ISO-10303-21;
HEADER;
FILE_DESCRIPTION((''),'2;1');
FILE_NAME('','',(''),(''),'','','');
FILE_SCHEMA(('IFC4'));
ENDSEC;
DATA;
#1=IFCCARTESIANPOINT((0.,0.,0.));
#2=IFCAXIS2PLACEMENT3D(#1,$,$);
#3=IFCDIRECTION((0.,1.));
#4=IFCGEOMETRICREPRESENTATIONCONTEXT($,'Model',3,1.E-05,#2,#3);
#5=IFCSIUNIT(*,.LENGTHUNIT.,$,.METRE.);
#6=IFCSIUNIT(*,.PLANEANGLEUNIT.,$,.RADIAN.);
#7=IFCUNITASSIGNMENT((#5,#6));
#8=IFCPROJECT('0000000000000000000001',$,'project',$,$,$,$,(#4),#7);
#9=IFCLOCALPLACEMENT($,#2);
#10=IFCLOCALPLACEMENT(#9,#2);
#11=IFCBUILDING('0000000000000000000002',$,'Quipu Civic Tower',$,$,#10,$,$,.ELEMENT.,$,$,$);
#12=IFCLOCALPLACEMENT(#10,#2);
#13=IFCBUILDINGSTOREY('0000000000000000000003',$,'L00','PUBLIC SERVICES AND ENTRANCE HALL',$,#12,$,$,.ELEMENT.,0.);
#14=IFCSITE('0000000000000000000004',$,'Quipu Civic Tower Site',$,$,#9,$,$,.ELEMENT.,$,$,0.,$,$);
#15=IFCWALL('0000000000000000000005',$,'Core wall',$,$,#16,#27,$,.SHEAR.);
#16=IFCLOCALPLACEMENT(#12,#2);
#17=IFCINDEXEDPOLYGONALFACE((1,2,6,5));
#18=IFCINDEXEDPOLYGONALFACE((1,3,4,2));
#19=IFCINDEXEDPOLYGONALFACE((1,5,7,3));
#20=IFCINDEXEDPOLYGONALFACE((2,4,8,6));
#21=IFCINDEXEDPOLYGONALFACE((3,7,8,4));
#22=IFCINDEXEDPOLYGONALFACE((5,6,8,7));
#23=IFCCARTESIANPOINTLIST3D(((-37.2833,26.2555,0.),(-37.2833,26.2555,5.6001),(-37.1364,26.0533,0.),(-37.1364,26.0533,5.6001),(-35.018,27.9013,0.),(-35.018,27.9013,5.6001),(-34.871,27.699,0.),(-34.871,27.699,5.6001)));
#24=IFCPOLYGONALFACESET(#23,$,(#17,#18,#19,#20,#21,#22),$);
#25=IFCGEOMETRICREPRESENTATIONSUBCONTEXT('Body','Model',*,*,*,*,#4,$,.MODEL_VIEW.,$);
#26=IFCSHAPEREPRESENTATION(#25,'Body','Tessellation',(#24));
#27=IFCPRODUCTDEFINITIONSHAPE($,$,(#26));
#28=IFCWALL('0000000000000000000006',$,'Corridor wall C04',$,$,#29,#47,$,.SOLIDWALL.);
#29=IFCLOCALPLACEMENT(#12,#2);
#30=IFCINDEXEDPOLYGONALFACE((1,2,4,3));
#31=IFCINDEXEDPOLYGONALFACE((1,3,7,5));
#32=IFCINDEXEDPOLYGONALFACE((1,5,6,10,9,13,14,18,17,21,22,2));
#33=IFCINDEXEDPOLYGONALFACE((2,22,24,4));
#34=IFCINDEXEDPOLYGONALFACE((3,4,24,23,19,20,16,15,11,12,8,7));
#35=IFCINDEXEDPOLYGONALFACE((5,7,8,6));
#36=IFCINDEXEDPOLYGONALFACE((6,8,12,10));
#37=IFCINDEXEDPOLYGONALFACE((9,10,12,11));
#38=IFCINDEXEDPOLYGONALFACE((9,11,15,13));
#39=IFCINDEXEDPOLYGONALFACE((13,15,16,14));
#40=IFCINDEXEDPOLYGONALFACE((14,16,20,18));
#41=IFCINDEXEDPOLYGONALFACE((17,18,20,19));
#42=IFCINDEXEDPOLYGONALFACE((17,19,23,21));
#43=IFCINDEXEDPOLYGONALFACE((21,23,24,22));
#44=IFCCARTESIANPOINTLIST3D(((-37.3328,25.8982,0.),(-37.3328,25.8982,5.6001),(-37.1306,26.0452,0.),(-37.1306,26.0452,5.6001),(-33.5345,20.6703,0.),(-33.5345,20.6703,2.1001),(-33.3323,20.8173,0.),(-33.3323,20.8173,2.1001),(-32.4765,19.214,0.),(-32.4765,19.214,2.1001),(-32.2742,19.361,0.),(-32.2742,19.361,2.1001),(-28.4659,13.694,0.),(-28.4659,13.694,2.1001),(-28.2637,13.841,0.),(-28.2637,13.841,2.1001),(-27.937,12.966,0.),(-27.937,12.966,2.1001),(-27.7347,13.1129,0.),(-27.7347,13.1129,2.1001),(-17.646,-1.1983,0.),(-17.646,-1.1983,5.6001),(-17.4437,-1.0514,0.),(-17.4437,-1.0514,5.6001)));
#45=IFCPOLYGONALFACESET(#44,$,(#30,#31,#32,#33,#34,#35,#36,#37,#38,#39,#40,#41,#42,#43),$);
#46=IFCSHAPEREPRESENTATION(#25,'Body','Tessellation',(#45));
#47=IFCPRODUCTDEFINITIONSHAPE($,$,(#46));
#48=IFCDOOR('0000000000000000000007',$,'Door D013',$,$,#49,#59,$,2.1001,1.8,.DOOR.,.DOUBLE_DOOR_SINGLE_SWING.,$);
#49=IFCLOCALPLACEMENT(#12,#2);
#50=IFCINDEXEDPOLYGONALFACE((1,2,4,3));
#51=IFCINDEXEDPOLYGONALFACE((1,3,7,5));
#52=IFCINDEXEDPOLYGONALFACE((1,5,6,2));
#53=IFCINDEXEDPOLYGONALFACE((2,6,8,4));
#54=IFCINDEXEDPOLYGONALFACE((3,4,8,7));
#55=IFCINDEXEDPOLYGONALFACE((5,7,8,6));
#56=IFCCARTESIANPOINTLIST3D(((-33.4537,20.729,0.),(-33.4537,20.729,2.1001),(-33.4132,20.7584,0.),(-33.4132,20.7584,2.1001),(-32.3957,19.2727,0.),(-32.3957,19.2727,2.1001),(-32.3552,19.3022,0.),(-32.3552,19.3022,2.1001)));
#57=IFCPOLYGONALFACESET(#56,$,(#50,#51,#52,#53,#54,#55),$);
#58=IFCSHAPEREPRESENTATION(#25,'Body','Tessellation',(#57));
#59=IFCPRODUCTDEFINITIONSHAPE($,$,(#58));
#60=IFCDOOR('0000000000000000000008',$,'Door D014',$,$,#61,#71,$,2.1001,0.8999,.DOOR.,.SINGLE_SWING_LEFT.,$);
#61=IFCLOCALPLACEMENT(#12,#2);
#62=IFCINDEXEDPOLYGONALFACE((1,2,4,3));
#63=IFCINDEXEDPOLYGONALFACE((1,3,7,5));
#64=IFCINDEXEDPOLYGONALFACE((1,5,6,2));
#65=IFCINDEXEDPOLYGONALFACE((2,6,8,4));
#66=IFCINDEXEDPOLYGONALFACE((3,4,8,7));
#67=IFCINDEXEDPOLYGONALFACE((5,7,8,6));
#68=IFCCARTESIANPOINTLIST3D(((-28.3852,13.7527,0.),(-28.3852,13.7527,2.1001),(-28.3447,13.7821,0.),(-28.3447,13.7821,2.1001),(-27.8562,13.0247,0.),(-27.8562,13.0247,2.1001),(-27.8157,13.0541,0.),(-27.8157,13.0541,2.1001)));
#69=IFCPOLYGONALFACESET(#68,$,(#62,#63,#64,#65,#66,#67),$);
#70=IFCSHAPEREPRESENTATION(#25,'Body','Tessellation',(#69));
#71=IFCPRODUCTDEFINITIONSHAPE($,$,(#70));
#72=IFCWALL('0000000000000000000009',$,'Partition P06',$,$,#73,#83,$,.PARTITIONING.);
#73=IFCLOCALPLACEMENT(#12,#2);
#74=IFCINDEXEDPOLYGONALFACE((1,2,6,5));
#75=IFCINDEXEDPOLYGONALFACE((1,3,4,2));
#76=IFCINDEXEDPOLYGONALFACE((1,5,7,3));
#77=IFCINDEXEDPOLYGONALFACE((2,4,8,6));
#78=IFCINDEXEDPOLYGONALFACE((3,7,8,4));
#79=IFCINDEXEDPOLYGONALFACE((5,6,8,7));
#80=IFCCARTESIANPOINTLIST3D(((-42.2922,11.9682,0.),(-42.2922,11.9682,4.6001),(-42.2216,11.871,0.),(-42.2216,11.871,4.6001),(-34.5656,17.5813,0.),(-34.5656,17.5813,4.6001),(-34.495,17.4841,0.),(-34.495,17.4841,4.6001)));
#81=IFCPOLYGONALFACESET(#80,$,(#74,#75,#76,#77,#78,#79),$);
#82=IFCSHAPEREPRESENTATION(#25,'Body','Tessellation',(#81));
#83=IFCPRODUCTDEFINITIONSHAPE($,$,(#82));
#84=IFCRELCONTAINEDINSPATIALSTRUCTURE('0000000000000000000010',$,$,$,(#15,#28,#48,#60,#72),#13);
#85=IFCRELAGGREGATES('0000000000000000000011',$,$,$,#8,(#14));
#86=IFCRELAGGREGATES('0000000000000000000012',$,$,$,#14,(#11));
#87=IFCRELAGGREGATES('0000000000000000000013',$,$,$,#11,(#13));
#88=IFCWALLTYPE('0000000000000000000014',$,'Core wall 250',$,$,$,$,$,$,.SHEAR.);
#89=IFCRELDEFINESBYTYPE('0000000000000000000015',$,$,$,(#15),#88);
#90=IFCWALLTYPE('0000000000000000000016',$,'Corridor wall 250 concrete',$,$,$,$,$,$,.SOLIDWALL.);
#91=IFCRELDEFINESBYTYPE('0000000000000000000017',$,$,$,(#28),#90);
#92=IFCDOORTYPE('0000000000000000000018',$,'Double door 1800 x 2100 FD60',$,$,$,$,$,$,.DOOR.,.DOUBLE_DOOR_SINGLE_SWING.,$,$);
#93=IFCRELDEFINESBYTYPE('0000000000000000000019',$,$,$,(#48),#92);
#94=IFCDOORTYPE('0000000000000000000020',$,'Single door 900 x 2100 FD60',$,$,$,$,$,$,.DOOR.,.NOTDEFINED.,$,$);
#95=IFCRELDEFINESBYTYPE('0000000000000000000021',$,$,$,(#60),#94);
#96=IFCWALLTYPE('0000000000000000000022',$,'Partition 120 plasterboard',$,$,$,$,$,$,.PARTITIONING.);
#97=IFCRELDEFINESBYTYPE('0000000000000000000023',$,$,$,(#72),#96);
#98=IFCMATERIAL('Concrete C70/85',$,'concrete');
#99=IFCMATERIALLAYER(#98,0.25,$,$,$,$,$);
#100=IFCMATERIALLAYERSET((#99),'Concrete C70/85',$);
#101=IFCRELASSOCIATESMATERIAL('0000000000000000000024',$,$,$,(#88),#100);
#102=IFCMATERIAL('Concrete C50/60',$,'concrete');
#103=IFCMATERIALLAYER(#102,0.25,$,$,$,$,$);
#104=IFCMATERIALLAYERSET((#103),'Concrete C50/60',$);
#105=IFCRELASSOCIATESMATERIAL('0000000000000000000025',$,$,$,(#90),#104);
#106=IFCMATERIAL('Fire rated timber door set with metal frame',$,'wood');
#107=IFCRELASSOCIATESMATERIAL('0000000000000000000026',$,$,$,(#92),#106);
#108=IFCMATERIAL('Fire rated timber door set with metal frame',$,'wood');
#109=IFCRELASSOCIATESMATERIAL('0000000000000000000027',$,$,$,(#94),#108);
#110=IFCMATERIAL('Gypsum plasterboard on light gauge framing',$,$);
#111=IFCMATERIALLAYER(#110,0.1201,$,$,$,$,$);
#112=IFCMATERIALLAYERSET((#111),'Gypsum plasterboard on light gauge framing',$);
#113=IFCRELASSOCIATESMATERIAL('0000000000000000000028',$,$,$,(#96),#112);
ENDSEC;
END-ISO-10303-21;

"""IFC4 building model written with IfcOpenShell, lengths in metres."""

from ifc_helpers import new_model, si_unit, direction, frame, frame_2d, origin, place, context, subcontext, project, spatial, rectangle, extrude, material, layer, layer_set, type_object, element, fill, save


model = new_model("IFC4")

# Units and contexts
model_context = context("Model", 3, precision=1e-05, world=origin(), true_north=direction((0.0, 1.0)))
body_context = subcontext(model_context, "Body", "Model", "MODEL_VIEW")
ifc_project = project(units=[si_unit("LENGTHUNIT", "METRE"), si_unit("PLANEANGLEUNIT", "RADIAN")], contexts=[model_context])

# Site, building, storey
site_placement = place(None, origin())
site = spatial("IfcSite", under=ifc_project, at=site_placement, Name="Quipu Civic Tower Site", CompositionType="ELEMENT", RefElevation=0.0)
building_placement = place(site_placement, origin())
building = spatial("IfcBuilding", under=site, at=building_placement, Name="Quipu Civic Tower", CompositionType="ELEMENT")
storey_placement = place(building_placement, origin())
storey = spatial("IfcBuildingStorey", under=building, at=storey_placement, Name="L00", Description="PUBLIC SERVICES AND ENTRANCE HALL", CompositionType="ELEMENT", Elevation=0.0)

# Wall
ifc_material_1 = material(Name="Concrete C70/85", Category="concrete")
ifc_layer_1 = layer(ifc_material_1, 0.25)
ifc_layer_set_1 = layer_set([ifc_layer_1], Name="Concrete C70/85")
wall_type_1 = type_object("IfcWallType", Name="Core wall 250", PredefinedType="SHEAR", material=ifc_layer_set_1)
wall_1_placement = place(storey_placement, frame((-34.9446, 27.8, 0.0), z_axis=(0.0, 0.0, 1.0), x_axis=(-0.809041, -0.587752, 0.0)))
element("IfcWall", 1, at=wall_1_placement, inside=storey, type_object=wall_type_1, Name="Core wall", PredefinedType="SHEAR", context=body_context, shape_type="SweptSolid", body=[
    extrude(rectangle(XDim=2.8, YDim=0.25, at=frame_2d((1.3999, 0.0))), origin(), (0.0, 0.0, 1.0), 5.6001),
])

# Wall, openings, doors
ifc_material_2 = material(Name="Concrete C50/60", Category="concrete")
ifc_layer_2 = layer(ifc_material_2, 0.25)
ifc_layer_set_2 = layer_set([ifc_layer_2], Name="Concrete C50/60")
wall_type_2 = type_object("IfcWallType", Name="Corridor wall 250 concrete", PredefinedType="SOLIDWALL", material=ifc_layer_set_2)
wall_2_placement = place(storey_placement, frame((-37.2317, 25.9717, 0.0), z_axis=(0.0, 0.0, 1.0), x_axis=(0.587786, -0.809016, 0.0)))
wall_2 = element("IfcWall", 2, at=wall_2_placement, inside=storey, type_object=wall_type_2, Name="Corridor wall C04", PredefinedType="SOLIDWALL", context=body_context, shape_type="SweptSolid", body=[
    extrude(rectangle(XDim=33.4932, YDim=0.25, at=frame_2d((16.7466, 0.0))), origin(), (0.0, 0.0, 1.0), 5.6001),
])
opening_1_placement = place(wall_2_placement, frame((6.4622, 0.0, 0.0)))
opening_1 = element("IfcOpeningElement", 3, at=opening_1_placement, cuts=wall_2, PredefinedType="OPENING", context=body_context, shape_type="SweptSolid", body=[
    extrude(rectangle(XDim=1.8, YDim=2.1001, at=frame_2d((0.8999, 1.05))), frame((0.0, 0.135, 0.0), z_axis=(0.0, -1.0, 0.0), x_axis=(1.0, 0.0, 0.0)), (0.0, 0.0, 1.0), 0.27),
])
opening_2_placement = place(wall_2_placement, frame((15.0852, 0.0, 0.0)))
opening_2 = element("IfcOpeningElement", 4, at=opening_2_placement, cuts=wall_2, PredefinedType="OPENING", context=body_context, shape_type="SweptSolid", body=[
    extrude(rectangle(XDim=0.8999, YDim=2.1001, at=frame_2d((0.45, 1.05))), frame((0.0, 0.135, 0.0), z_axis=(0.0, -1.0, 0.0), x_axis=(1.0, 0.0, 0.0)), (0.0, 0.0, 1.0), 0.27),
])
ifc_material_3 = material(Name="Fire rated timber door set with metal frame", Category="wood")
door_type_1 = type_object("IfcDoorType", Name="Double door 1800 x 2100 FD60", OperationType="DOUBLE_DOOR_SINGLE_SWING", PredefinedType="DOOR", material=ifc_material_3)
door_1_placement = place(opening_1_placement, origin())
door_1 = element("IfcDoor", 5, at=door_1_placement, inside=storey, type_object=door_type_1, Name="Door D013", OperationType="DOUBLE_DOOR_SINGLE_SWING", OverallHeight=2.1001, OverallWidth=1.8, PredefinedType="DOOR", context=body_context, shape_type="SweptSolid", body=[
    extrude(rectangle(XDim=1.8, YDim=2.1001, at=frame_2d((0.8999, 1.05))), frame((0.0, 0.0249, 0.0), z_axis=(0.0, -1.0, 0.0), x_axis=(1.0, 0.0, 0.0)), (0.0, 0.0, 1.0), 0.05),
])
fill(opening_1, door_1)
ifc_material_4 = material(Name="Fire rated timber door set with metal frame", Category="wood")
door_type_2 = type_object("IfcDoorType", Name="Single door 900 x 2100 FD60", OperationType="NOTDEFINED", PredefinedType="DOOR", material=ifc_material_4)
door_2_placement = place(opening_2_placement, origin())
door_2 = element("IfcDoor", 6, at=door_2_placement, inside=storey, type_object=door_type_2, Name="Door D014", OperationType="SINGLE_SWING_LEFT", OverallHeight=2.1001, OverallWidth=0.8999, PredefinedType="DOOR", context=body_context, shape_type="SweptSolid", body=[
    extrude(rectangle(XDim=0.8999, YDim=2.1001, at=frame_2d((0.45, 1.05))), frame((0.0, 0.0249, 0.0), z_axis=(0.0, -1.0, 0.0), x_axis=(1.0, 0.0, 0.0)), (0.0, 0.0, 1.0), 0.05),
])
fill(opening_2, door_2)

# Wall
ifc_material_5 = material(Name="Gypsum plasterboard on light gauge framing")
ifc_layer_3 = layer(ifc_material_5, 0.1201)
ifc_layer_set_3 = layer_set([ifc_layer_3], Name="Gypsum plasterboard on light gauge framing")
wall_type_3 = type_object("IfcWallType", Name="Partition 120 plasterboard", PredefinedType="PARTITIONING", material=ifc_layer_set_3)
wall_3_placement = place(storey_placement, frame((-34.5303, 17.5327, 0.0), z_axis=(0.0, 0.0, 1.0), x_axis=(-0.809049, -0.587741, 0.0)))
element("IfcWall", 7, at=wall_3_placement, inside=storey, type_object=wall_type_3, Name="Partition P06", PredefinedType="PARTITIONING", context=body_context, shape_type="SweptSolid", body=[
    extrude(rectangle(XDim=9.5503, YDim=0.1201, at=frame_2d((4.7751, 0.0))), origin(), (0.0, 0.0, 1.0), 4.6001),
])

save(model, "model.ifc")
